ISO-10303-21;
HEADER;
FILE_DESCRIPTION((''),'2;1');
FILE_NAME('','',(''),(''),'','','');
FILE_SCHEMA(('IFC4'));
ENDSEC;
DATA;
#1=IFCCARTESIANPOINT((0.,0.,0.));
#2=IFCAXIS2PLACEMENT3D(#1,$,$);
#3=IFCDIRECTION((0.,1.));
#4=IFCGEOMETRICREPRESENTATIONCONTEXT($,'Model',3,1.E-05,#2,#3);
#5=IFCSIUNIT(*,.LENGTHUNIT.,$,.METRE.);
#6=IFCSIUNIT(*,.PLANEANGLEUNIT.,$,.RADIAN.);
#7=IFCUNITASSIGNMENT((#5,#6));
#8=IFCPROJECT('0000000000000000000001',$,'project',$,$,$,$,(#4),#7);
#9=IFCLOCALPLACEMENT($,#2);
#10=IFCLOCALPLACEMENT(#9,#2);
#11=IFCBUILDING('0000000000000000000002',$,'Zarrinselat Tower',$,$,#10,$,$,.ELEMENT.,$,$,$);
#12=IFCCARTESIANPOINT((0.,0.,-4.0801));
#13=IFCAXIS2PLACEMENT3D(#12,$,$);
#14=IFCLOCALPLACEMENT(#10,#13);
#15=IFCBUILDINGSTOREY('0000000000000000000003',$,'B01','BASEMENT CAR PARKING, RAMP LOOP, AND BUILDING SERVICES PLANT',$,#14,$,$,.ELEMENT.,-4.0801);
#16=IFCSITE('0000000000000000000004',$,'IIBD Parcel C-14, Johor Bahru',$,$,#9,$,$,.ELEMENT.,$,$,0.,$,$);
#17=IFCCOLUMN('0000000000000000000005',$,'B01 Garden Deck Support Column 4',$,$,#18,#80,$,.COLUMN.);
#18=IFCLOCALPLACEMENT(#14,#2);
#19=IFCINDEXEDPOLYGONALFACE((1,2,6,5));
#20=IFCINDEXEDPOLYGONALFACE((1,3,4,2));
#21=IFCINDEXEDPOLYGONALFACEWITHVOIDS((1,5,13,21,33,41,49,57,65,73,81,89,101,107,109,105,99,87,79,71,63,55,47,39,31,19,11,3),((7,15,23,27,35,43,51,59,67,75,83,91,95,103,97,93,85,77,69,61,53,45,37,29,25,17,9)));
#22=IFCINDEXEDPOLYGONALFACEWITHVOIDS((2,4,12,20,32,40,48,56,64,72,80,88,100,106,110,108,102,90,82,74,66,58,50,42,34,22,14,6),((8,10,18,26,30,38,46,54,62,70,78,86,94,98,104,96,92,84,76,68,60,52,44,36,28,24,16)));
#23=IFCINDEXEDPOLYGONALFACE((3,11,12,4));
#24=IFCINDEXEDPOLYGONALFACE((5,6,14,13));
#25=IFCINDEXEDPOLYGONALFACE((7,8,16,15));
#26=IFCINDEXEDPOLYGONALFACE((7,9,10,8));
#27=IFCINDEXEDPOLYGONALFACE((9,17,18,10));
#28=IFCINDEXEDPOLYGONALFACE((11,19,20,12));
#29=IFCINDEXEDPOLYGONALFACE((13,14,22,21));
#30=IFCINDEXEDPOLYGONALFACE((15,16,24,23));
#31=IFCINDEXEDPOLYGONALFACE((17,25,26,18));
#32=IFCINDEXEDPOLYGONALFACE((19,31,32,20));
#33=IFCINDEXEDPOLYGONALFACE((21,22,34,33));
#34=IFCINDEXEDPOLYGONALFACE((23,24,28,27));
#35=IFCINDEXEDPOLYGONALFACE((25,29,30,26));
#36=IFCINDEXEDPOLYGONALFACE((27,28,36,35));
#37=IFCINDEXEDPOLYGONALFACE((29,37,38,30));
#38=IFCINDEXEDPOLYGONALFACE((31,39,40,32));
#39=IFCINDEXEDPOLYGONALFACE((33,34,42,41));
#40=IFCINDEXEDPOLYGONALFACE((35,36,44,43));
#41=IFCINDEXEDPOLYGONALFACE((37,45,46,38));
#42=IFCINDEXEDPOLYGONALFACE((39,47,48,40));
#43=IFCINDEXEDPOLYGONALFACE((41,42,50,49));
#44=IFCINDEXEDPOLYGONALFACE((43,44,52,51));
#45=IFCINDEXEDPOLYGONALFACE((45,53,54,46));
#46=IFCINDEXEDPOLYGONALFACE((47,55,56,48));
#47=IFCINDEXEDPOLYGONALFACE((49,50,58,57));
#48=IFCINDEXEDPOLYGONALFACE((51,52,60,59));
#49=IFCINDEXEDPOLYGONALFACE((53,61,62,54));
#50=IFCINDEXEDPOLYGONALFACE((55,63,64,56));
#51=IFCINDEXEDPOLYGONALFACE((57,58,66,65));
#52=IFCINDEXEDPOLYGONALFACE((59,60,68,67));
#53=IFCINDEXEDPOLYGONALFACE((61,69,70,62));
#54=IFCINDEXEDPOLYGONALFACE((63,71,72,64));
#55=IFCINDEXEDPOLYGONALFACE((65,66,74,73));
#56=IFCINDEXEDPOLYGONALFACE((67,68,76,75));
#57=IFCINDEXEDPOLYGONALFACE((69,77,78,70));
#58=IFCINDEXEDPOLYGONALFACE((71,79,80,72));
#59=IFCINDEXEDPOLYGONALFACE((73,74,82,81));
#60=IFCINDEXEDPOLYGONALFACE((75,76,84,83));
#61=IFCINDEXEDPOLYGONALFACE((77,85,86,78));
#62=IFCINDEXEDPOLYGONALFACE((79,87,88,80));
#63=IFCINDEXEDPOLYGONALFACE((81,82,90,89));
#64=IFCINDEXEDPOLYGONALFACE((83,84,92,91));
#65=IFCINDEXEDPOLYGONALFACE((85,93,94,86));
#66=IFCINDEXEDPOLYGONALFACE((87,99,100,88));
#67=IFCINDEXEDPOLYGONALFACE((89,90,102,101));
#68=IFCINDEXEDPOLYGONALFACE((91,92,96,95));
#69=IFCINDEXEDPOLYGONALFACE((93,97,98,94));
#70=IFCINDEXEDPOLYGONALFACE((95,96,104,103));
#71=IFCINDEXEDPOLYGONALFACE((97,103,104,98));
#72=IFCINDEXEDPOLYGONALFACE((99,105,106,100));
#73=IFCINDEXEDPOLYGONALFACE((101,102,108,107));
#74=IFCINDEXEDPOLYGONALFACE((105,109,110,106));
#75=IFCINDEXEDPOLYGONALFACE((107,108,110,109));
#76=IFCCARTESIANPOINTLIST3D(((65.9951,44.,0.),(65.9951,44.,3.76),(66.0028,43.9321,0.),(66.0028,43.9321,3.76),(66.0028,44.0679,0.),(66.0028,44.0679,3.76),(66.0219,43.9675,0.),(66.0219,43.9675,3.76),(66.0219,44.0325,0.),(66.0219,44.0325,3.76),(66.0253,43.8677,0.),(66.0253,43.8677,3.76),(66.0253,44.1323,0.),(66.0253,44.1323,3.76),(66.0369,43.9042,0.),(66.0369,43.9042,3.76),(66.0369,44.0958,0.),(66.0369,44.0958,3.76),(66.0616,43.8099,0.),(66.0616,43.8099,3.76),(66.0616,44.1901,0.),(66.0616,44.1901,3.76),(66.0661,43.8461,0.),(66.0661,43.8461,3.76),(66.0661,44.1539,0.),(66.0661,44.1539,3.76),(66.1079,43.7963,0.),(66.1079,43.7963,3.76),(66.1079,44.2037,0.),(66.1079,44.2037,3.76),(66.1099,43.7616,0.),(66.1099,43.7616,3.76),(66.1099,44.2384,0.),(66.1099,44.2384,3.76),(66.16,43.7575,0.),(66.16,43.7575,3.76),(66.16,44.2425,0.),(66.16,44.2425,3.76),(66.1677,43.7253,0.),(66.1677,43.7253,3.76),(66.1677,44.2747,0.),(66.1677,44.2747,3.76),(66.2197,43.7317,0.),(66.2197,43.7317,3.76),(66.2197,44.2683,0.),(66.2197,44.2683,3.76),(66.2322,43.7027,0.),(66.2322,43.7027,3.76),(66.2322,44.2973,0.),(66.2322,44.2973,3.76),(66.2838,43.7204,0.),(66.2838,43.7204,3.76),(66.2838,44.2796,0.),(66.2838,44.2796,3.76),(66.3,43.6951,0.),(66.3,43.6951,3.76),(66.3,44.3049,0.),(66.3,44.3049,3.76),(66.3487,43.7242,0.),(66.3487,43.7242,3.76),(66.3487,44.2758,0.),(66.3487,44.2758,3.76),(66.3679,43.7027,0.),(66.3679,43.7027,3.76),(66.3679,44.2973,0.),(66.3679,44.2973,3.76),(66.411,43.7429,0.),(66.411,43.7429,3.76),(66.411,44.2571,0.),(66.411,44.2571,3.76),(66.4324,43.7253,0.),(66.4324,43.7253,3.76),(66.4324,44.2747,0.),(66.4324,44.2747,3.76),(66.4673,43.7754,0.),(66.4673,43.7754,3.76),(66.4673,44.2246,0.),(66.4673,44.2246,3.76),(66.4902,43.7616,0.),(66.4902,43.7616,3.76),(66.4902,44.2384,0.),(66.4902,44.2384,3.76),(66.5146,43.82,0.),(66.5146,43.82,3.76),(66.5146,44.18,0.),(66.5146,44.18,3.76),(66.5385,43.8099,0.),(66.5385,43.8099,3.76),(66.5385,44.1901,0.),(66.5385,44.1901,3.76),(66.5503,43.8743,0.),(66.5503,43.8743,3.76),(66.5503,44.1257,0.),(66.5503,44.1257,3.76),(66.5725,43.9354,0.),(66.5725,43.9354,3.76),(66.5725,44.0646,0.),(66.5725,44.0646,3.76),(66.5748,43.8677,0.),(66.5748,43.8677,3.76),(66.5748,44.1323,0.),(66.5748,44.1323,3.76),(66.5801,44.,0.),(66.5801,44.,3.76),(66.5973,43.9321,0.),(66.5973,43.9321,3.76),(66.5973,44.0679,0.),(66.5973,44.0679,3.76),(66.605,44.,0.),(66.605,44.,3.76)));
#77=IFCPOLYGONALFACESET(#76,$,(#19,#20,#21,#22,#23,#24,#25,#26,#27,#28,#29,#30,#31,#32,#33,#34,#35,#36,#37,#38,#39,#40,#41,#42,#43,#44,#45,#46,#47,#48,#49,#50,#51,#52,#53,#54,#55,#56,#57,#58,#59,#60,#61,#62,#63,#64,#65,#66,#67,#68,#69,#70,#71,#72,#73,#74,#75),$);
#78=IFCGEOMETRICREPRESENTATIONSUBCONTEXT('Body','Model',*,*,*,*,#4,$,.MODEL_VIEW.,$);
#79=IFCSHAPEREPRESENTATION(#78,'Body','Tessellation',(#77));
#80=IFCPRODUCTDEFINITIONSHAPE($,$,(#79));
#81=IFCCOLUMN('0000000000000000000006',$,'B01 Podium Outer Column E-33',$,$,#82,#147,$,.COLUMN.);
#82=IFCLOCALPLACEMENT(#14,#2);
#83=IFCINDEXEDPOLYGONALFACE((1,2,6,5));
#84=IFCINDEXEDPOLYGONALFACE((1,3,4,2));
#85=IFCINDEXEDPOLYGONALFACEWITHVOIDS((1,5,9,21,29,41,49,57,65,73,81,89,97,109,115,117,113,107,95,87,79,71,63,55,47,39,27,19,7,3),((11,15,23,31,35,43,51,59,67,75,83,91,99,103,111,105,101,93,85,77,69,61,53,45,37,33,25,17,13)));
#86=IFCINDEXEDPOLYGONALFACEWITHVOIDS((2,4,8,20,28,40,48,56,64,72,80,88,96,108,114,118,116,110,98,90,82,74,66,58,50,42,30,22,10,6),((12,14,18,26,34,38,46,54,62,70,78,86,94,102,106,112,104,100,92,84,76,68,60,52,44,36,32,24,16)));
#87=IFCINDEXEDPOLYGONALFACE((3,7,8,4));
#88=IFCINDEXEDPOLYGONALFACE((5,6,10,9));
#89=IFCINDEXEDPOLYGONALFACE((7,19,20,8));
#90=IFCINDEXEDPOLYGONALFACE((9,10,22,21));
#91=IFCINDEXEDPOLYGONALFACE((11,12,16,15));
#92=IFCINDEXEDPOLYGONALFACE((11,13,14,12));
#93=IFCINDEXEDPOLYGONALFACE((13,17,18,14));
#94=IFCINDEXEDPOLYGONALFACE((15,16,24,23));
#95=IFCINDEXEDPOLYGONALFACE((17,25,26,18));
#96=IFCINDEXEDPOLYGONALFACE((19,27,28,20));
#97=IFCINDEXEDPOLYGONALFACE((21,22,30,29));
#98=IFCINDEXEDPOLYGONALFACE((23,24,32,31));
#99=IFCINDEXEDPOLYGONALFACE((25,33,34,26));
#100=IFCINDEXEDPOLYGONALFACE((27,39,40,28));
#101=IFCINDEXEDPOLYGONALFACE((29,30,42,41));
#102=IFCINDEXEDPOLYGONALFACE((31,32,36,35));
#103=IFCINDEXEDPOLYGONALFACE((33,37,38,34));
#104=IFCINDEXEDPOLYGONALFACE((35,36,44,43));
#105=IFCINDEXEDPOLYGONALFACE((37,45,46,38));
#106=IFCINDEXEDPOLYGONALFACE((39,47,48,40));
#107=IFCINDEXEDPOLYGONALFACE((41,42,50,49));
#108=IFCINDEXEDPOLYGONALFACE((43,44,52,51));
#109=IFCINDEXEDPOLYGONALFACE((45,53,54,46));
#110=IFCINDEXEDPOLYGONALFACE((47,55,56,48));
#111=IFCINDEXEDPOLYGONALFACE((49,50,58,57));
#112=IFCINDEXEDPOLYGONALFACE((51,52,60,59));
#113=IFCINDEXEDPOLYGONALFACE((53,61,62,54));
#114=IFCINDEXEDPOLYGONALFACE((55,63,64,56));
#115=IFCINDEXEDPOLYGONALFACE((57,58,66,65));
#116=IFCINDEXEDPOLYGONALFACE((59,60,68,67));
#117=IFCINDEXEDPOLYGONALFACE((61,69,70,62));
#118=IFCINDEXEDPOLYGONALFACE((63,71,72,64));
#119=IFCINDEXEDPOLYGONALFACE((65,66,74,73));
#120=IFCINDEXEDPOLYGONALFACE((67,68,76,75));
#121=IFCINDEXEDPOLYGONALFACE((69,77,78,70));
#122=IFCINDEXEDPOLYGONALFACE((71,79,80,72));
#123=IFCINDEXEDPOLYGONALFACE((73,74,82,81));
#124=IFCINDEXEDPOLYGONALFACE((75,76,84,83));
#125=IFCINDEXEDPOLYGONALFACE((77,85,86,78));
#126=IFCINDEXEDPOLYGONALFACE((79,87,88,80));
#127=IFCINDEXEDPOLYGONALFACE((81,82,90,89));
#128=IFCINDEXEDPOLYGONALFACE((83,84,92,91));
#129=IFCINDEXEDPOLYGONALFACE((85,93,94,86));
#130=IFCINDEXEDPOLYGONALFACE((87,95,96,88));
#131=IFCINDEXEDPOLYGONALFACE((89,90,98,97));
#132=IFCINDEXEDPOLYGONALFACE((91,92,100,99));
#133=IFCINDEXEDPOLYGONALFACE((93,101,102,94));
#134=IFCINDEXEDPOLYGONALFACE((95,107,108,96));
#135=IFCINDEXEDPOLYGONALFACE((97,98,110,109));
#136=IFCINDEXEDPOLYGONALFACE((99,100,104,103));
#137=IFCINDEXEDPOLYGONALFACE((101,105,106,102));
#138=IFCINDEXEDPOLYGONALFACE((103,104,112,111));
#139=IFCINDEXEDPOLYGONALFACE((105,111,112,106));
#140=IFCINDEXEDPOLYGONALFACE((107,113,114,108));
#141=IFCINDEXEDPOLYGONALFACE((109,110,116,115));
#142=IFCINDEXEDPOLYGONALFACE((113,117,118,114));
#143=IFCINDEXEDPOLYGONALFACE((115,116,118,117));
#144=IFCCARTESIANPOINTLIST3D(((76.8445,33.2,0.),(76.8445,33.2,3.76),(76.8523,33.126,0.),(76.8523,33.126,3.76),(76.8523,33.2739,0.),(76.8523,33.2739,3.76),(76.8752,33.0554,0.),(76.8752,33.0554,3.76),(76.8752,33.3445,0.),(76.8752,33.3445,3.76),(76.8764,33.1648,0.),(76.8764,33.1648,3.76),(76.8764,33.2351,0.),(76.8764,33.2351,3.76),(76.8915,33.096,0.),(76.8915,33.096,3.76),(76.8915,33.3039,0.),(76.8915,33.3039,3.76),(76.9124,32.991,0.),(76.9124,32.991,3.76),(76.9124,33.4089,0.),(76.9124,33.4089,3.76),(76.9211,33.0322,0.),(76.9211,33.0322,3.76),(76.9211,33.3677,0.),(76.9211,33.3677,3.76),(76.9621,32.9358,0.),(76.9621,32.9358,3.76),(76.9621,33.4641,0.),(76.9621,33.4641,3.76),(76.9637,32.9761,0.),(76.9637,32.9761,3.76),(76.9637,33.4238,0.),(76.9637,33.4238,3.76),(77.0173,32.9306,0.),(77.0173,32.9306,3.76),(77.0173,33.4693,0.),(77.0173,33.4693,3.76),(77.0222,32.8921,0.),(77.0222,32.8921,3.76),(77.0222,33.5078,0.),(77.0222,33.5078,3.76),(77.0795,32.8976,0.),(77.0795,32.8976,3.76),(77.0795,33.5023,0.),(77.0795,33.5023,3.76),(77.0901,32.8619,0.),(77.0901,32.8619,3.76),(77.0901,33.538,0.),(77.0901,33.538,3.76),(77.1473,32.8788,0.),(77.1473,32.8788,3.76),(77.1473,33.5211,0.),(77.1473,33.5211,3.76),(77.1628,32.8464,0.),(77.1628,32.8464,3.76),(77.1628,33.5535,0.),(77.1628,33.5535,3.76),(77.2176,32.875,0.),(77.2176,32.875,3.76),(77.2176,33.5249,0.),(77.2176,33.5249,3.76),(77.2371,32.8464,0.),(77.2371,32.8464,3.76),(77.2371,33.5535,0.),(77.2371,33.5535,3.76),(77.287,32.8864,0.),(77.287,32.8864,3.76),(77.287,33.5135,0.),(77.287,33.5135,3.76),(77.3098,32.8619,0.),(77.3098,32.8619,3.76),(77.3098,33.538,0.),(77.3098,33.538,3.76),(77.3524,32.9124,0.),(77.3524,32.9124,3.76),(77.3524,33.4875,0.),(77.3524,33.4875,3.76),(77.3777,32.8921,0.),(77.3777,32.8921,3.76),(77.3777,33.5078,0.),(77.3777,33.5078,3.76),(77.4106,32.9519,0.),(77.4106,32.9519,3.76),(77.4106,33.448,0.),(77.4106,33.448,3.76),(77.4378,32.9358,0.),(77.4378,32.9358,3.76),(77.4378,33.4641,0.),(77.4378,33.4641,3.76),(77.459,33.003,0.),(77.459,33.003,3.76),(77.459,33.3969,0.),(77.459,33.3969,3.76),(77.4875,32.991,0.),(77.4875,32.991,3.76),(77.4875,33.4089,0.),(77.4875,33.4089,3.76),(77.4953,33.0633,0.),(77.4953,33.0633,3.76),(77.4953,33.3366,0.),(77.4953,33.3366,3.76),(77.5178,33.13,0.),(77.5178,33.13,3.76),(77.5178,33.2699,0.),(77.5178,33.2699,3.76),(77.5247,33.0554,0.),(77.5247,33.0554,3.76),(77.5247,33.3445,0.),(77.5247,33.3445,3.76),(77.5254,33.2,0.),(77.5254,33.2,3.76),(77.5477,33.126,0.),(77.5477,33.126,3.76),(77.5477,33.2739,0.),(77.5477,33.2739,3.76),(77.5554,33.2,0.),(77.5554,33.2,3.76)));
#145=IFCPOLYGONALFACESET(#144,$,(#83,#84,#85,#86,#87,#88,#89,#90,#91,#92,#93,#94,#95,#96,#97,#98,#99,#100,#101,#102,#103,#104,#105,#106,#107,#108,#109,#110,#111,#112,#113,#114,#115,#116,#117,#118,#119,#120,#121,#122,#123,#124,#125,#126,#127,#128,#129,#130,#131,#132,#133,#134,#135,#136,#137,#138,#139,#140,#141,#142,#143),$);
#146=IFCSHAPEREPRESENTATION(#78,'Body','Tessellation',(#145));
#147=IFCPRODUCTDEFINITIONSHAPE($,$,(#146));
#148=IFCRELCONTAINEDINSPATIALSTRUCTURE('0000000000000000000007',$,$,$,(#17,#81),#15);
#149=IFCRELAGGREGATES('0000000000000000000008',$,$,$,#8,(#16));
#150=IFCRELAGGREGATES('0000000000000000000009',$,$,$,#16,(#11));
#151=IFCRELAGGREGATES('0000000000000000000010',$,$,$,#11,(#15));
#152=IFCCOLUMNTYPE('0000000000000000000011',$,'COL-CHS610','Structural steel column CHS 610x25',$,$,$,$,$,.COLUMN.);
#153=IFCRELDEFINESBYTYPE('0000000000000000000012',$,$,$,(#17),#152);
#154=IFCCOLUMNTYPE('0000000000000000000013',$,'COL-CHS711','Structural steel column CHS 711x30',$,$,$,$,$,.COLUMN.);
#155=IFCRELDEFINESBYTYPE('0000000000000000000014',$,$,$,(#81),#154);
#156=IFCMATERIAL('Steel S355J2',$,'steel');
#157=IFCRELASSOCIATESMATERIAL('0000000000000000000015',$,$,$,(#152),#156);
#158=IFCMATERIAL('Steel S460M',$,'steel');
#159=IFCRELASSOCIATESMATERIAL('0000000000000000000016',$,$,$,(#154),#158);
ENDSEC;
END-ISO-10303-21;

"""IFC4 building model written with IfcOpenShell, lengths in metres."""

from ifc_helpers import new_model, si_unit, direction, frame, origin, origin_2d, place, context, subcontext, project, spatial, hollow_circle, extrude, material, material_profile, profile_set, type_object, element, save


model = new_model("IFC4")

# Units and contexts
model_context = context("Model", 3, precision=1e-05, world=origin(), true_north=direction((0.0, 1.0)))
body_context = subcontext(model_context, "Body", "Model", "MODEL_VIEW")
ifc_project = project(units=[si_unit("LENGTHUNIT", "METRE"), si_unit("PLANEANGLEUNIT", "RADIAN")], contexts=[model_context])

# Site, building, storey
site_placement = place(None, origin())
site = spatial("IfcSite", under=ifc_project, at=site_placement, Name="IIBD Parcel C-14, Johor Bahru", CompositionType="ELEMENT", RefElevation=0.0)
building_placement = place(site_placement, origin())
building = spatial("IfcBuilding", under=site, at=building_placement, Name="Zarrinselat Tower", CompositionType="ELEMENT")
storey_placement = place(building_placement, frame((0.0, 0.0, -4.0801)))
storey = spatial("IfcBuildingStorey", under=building, at=storey_placement, Name="B01", Description="BASEMENT CAR PARKING, RAMP LOOP, AND BUILDING SERVICES PLANT", CompositionType="ELEMENT", Elevation=-4.0801)

# Columns
ifc_material_1 = material(Name="Steel S355J2", Category="steel")
ifc_material_profile_1 = material_profile(ifc_material_1, hollow_circle(Radius=0.3049, WallThickness=0.0249, at=origin_2d()), Name="CHS 610x25")
ifc_profile_set_1 = profile_set([ifc_material_profile_1], Name="Steel S355J2")
column_type_1 = type_object("IfcColumnType", Name="COL-CHS610", Description="Structural steel column CHS 610x25", PredefinedType="COLUMN", material=ifc_profile_set_1)
column_placement = place(storey_placement, frame((66.3, 44.0, 0.0), z_axis=(0.0, 0.0, 1.0), x_axis=(1.0, 0.0, 0.0)))
element("IfcColumn", 1, at=column_placement, inside=storey, type_object=column_type_1, Name="B01 Garden Deck Support Column 4", PredefinedType="COLUMN", context=body_context, shape_type="SweptSolid", body=[
    extrude(hollow_circle(Radius=0.3049, WallThickness=0.0249, at=origin_2d()), origin(), (0.0, 0.0, 1.0), 3.76),
])
ifc_material_2 = material(Name="Steel S460M", Category="steel")
ifc_material_profile_2 = material_profile(ifc_material_2, hollow_circle(Radius=0.3555, WallThickness=0.03, at=origin_2d()), Name="CHS 711x30")
ifc_profile_set_2 = profile_set([ifc_material_profile_2], Name="Steel S460M")
column_type_2 = type_object("IfcColumnType", Name="COL-CHS711", Description="Structural steel column CHS 711x30", PredefinedType="COLUMN", material=ifc_profile_set_2)
for number, where, z_axis, x_axis, name in (
    (2, (77.2, 33.2, 0.0), (0.0, 0.0, 1.0), (1.0, 0.0, 0.0), "B01 Podium Outer Column E-33"),
):
    element("IfcColumn", number, at=place(storey_placement, frame(where, z_axis=z_axis, x_axis=x_axis)), inside=storey, type_object=column_type_2, Name=name, PredefinedType="COLUMN", context=body_context, shape_type="SweptSolid", body=[
        extrude(hollow_circle(Radius=0.3555, WallThickness=0.03, at=origin_2d()), origin(), (0.0, 0.0, 1.0), 3.76),
    ])

save(model, "model.ifc")
